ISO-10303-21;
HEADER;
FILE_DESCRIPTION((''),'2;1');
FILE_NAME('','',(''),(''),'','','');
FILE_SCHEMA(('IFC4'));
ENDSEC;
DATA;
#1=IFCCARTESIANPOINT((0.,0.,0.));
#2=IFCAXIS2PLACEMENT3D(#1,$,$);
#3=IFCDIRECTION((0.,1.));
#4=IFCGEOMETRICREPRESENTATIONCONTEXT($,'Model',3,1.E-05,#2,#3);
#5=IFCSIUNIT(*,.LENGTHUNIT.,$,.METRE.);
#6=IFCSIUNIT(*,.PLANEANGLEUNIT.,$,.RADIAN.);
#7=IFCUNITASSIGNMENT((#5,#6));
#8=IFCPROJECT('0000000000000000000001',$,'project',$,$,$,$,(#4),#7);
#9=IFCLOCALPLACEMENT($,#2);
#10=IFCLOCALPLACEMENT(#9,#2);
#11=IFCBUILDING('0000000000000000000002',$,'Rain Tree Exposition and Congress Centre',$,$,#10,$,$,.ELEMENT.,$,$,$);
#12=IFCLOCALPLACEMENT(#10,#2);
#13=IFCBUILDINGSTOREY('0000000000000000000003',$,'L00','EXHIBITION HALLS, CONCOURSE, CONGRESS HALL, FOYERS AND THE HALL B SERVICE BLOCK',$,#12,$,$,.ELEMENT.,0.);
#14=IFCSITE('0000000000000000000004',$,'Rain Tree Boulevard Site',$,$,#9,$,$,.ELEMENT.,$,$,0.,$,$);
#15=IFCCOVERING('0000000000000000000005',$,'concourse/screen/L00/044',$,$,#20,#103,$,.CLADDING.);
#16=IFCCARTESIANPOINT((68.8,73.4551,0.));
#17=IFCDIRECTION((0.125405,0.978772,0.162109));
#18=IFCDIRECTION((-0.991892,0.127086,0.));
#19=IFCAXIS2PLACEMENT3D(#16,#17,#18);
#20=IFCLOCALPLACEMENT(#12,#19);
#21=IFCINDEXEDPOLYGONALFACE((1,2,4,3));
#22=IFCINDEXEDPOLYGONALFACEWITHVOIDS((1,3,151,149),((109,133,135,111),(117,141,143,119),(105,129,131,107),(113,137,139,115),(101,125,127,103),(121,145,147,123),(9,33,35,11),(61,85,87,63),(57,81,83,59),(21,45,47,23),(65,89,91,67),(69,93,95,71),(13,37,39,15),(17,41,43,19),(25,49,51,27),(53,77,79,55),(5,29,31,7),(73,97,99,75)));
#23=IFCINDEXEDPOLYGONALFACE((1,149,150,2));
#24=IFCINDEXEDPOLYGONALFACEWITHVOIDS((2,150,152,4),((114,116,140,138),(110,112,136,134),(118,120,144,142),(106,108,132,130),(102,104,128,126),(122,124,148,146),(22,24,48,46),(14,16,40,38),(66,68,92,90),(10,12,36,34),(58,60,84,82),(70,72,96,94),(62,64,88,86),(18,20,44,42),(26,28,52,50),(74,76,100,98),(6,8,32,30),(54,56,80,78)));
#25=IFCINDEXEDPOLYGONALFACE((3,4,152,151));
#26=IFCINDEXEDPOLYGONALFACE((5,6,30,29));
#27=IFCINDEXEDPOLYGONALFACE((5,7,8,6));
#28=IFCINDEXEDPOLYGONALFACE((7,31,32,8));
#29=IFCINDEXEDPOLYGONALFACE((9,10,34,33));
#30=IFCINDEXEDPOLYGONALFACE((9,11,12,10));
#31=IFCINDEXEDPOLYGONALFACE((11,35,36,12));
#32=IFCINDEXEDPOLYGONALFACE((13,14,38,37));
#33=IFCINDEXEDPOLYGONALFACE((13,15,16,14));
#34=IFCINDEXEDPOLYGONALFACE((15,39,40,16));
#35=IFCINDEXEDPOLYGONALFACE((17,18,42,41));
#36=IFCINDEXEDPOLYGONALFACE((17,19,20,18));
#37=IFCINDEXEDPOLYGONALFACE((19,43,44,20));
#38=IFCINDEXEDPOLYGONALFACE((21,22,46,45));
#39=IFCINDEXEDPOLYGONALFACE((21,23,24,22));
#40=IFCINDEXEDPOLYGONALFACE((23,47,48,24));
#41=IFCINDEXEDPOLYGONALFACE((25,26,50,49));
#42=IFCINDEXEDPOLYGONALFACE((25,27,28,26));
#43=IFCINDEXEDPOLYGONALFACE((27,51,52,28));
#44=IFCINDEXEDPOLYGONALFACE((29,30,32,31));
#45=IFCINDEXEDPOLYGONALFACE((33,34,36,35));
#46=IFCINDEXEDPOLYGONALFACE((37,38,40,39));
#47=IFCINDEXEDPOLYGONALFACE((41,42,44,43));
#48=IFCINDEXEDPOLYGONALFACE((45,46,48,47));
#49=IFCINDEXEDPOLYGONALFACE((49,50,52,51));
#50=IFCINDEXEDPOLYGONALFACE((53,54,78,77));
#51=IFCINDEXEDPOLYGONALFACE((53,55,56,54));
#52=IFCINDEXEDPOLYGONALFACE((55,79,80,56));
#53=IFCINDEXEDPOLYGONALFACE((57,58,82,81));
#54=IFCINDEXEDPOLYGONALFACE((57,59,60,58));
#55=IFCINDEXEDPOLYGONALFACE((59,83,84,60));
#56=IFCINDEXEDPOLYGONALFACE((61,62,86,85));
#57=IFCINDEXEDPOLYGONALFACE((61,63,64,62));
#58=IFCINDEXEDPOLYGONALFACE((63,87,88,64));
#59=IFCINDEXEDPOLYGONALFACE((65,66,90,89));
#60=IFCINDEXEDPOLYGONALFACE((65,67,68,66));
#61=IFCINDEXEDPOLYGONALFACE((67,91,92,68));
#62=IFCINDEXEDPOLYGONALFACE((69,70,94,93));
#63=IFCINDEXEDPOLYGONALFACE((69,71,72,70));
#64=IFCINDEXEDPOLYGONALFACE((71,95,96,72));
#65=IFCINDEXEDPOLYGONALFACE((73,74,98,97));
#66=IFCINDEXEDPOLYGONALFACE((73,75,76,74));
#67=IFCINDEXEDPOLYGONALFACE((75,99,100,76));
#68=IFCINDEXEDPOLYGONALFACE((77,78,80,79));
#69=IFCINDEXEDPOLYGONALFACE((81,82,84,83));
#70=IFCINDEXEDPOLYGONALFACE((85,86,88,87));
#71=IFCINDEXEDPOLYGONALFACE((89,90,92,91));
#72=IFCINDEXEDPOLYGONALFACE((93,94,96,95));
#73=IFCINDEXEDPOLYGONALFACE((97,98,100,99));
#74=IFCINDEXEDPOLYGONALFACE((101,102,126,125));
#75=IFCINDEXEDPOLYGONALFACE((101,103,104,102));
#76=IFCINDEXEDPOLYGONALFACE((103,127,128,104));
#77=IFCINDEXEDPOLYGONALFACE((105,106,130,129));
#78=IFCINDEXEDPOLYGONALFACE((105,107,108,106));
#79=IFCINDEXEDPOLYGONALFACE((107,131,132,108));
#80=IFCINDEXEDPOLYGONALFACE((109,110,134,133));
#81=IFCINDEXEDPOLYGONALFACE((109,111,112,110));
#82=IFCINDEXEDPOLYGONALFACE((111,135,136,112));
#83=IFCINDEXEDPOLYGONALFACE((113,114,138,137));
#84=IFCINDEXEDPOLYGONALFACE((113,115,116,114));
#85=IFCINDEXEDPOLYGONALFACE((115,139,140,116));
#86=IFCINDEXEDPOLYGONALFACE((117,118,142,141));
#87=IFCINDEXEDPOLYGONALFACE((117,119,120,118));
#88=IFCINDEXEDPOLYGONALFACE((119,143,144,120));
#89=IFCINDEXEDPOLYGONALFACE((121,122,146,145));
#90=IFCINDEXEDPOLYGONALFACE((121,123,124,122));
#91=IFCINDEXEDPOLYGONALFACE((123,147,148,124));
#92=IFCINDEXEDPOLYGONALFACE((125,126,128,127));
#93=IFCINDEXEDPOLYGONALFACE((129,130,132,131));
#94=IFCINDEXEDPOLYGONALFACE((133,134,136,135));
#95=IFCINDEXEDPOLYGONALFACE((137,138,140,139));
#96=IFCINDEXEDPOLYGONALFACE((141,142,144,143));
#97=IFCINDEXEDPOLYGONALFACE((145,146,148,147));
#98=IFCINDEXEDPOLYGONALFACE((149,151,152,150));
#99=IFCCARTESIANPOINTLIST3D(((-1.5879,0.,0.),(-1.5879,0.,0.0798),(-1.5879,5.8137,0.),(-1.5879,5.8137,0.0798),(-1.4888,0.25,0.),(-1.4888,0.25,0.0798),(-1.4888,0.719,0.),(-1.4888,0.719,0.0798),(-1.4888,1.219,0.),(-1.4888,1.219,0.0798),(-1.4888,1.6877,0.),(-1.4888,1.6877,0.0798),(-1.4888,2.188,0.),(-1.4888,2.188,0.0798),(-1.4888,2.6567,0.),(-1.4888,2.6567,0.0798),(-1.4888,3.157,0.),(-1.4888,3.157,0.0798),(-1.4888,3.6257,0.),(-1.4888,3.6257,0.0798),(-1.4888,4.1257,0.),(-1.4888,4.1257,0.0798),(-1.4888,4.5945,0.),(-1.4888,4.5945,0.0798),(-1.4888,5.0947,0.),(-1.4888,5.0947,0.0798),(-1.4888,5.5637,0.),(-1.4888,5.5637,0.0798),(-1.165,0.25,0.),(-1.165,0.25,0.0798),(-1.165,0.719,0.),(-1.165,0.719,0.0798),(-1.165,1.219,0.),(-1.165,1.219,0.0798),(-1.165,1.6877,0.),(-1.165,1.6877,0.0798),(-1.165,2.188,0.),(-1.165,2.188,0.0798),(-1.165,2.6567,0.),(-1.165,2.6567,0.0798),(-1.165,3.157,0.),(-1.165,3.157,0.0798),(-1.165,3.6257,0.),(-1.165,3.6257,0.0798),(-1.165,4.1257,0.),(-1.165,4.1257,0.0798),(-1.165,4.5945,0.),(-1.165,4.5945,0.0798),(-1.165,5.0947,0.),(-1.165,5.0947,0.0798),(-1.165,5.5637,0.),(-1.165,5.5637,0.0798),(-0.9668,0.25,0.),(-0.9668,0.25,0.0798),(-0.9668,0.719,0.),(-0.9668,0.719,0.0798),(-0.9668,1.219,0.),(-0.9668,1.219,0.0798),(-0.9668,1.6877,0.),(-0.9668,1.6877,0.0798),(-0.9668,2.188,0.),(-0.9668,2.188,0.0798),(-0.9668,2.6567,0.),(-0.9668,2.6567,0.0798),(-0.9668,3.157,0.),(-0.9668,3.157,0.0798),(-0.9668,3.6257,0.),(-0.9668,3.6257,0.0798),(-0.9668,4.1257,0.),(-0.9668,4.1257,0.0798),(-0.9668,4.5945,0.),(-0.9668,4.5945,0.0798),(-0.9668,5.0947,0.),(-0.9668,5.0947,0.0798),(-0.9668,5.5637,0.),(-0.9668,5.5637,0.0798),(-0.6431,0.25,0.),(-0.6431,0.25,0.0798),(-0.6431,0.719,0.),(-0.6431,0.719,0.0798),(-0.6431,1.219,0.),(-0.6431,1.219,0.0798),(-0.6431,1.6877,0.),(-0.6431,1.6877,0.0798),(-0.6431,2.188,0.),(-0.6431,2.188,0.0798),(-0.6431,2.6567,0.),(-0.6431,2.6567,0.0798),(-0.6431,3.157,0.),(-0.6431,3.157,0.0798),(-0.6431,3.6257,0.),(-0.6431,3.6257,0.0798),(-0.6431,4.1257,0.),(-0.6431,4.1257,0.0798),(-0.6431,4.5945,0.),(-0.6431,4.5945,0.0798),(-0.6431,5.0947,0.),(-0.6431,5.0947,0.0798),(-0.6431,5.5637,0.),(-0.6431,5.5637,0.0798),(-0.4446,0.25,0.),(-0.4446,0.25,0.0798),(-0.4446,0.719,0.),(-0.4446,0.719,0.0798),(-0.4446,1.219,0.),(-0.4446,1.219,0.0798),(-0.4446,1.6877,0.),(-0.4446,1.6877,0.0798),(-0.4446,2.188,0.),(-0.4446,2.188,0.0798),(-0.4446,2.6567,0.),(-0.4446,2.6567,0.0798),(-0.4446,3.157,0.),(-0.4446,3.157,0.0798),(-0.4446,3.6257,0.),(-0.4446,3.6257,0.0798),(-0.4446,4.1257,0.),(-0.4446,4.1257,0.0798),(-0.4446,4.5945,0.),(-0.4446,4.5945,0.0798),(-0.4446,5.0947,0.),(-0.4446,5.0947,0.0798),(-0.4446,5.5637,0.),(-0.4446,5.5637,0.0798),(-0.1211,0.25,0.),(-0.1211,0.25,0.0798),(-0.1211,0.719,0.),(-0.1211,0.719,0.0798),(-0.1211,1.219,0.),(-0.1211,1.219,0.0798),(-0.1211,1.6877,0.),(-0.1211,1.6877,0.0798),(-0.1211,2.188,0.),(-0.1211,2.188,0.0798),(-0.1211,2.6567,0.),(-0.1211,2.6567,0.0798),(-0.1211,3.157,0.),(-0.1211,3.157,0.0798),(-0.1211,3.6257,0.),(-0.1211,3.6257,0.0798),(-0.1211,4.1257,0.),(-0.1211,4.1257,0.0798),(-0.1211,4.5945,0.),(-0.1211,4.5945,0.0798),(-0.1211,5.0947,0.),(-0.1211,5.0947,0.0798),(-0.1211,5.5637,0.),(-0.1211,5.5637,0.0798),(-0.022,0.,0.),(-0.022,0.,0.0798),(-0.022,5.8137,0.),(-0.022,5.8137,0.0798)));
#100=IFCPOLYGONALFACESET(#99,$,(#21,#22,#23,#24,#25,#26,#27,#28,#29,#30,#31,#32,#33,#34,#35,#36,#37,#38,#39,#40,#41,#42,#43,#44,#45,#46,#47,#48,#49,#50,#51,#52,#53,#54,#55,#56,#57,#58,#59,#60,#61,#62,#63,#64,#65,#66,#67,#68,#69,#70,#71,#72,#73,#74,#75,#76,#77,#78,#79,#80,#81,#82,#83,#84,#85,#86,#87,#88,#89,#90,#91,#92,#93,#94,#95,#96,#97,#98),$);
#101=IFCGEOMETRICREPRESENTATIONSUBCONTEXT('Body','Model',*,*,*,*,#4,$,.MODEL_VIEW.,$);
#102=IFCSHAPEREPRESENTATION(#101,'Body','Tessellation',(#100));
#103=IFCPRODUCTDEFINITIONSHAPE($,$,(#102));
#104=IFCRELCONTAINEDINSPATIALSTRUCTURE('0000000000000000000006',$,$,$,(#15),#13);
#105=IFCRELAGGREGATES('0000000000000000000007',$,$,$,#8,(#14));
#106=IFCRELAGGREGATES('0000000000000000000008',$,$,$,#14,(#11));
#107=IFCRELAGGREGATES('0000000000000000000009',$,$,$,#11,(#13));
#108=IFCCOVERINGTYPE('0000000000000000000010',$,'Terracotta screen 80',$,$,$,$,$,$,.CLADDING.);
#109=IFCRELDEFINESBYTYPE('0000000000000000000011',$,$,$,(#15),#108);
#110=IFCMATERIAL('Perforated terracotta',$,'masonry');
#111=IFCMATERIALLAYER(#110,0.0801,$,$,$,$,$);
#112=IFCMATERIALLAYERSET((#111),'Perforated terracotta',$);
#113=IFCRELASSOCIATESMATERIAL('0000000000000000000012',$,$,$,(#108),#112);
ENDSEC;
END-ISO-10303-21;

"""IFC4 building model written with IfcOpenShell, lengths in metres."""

from ifc_helpers import new_model, si_unit, direction, frame, origin, place, context, subcontext, project, spatial, polyline, outline, extrude, material, layer, layer_set, type_object, element, save


model = new_model("IFC4")

# Units and contexts
model_context = context("Model", 3, precision=1e-05, world=origin(), true_north=direction((0.0, 1.0)))
body_context = subcontext(model_context, "Body", "Model", "MODEL_VIEW")
ifc_project = project(units=[si_unit("LENGTHUNIT", "METRE"), si_unit("PLANEANGLEUNIT", "RADIAN")], contexts=[model_context])

# Site, building, storey
site_placement = place(None, origin())
site = spatial("IfcSite", under=ifc_project, at=site_placement, Name="Rain Tree Boulevard Site", CompositionType="ELEMENT", RefElevation=0.0)
building_placement = place(site_placement, origin())
building = spatial("IfcBuilding", under=site, at=building_placement, Name="Rain Tree Exposition and Congress Centre", CompositionType="ELEMENT")
storey_placement = place(building_placement, origin())
storey = spatial("IfcBuildingStorey", under=building, at=storey_placement, Name="L00", Description="EXHIBITION HALLS, CONCOURSE, CONGRESS HALL, FOYERS AND THE HALL B SERVICE BLOCK", CompositionType="ELEMENT", Elevation=0.0)

# Covering
ifc_material_1 = material(Name="Perforated terracotta", Category="masonry")
ifc_layer_1 = layer(ifc_material_1, 0.0801)
ifc_layer_set_1 = layer_set([ifc_layer_1], Name="Perforated terracotta")
covering_type_1 = type_object("IfcCoveringType", Name="Terracotta screen 80", PredefinedType="CLADDING", material=ifc_layer_set_1)
covering_1_placement = place(storey_placement, frame((68.8, 73.4551, 0.0), z_axis=(0.125405, 0.978772, 0.162109), x_axis=(-0.991892, 0.127086, 0.0)))
element("IfcCovering", 1, at=covering_1_placement, inside=storey, type_object=covering_type_1, Name="concourse/screen/L00/044", PredefinedType="CLADDING", context=body_context, shape_type="SweptSolid", body=[
    extrude(outline(polyline([(-0.022, 0.0), (-1.5879, 0.0), (-1.5879, 5.8137), (-0.022, 5.8137), (-0.022, 0.0)]), holes=[polyline([(-0.1211, 0.25), (-0.1211, 0.719), (-0.4446, 0.719), (-0.4446, 0.25), (-0.1211, 0.25)]), polyline([(-0.1211, 1.219), (-0.1211, 1.6877), (-0.4446, 1.6877), (-0.4446, 1.219), (-0.1211, 1.219)]), polyline([(-0.1211, 2.188), (-0.1211, 2.6567), (-0.4446, 2.6567), (-0.4446, 2.188), (-0.1211, 2.188)]), polyline([(-0.1211, 3.157), (-0.1211, 3.6257), (-0.4446, 3.6257), (-0.4446, 3.157), (-0.1211, 3.157)]), polyline([(-0.1211, 4.1257), (-0.1211, 4.5945), (-0.4446, 4.5945), (-0.4446, 4.1257), (-0.1211, 4.1257)]), polyline([(-0.1211, 5.0947), (-0.1211, 5.5637), (-0.4446, 5.5637), (-0.4446, 5.0947), (-0.1211, 5.0947)]), polyline([(-0.6431, 0.25), (-0.6431, 0.719), (-0.9668, 0.719), (-0.9668, 0.25), (-0.6431, 0.25)]), polyline([(-0.6431, 1.219), (-0.6431, 1.6877), (-0.9668, 1.6877), (-0.9668, 1.219), (-0.6431, 1.219)]), polyline([(-0.6431, 2.188), (-0.6431, 2.6567), (-0.9668, 2.6567), (-0.9668, 2.188), (-0.6431, 2.188)]), polyline([(-0.6431, 3.157), (-0.6431, 3.6257), (-0.9668, 3.6257), (-0.9668, 3.157), (-0.6431, 3.157)]), polyline([(-0.6431, 4.1257), (-0.6431, 4.5945), (-0.9668, 4.5945), (-0.9668, 4.1257), (-0.6431, 4.1257)]), polyline([(-0.6431, 5.0947), (-0.6431, 5.5637), (-0.9668, 5.5637), (-0.9668, 5.0947), (-0.6431, 5.0947)]), polyline([(-1.165, 0.25), (-1.165, 0.719), (-1.4888, 0.719), (-1.4888, 0.25), (-1.165, 0.25)]), polyline([(-1.165, 1.219), (-1.165, 1.6877), (-1.4888, 1.6877), (-1.4888, 1.219), (-1.165, 1.219)]), polyline([(-1.165, 2.188), (-1.165, 2.6567), (-1.4888, 2.6567), (-1.4888, 2.188), (-1.165, 2.188)]), polyline([(-1.165, 3.157), (-1.165, 3.6257), (-1.4888, 3.6257), (-1.4888, 3.157), (-1.165, 3.157)]), polyline([(-1.165, 4.1257), (-1.165, 4.5945), (-1.4888, 4.5945), (-1.4888, 4.1257), (-1.165, 4.1257)]), polyline([(-1.165, 5.0947), (-1.165, 5.5637), (-1.4888, 5.5637), (-1.4888, 5.0947), (-1.165, 5.0947)])]), origin(), (0.0, 0.0, 1.0), 0.0798),
])

save(model, "model.ifc")
